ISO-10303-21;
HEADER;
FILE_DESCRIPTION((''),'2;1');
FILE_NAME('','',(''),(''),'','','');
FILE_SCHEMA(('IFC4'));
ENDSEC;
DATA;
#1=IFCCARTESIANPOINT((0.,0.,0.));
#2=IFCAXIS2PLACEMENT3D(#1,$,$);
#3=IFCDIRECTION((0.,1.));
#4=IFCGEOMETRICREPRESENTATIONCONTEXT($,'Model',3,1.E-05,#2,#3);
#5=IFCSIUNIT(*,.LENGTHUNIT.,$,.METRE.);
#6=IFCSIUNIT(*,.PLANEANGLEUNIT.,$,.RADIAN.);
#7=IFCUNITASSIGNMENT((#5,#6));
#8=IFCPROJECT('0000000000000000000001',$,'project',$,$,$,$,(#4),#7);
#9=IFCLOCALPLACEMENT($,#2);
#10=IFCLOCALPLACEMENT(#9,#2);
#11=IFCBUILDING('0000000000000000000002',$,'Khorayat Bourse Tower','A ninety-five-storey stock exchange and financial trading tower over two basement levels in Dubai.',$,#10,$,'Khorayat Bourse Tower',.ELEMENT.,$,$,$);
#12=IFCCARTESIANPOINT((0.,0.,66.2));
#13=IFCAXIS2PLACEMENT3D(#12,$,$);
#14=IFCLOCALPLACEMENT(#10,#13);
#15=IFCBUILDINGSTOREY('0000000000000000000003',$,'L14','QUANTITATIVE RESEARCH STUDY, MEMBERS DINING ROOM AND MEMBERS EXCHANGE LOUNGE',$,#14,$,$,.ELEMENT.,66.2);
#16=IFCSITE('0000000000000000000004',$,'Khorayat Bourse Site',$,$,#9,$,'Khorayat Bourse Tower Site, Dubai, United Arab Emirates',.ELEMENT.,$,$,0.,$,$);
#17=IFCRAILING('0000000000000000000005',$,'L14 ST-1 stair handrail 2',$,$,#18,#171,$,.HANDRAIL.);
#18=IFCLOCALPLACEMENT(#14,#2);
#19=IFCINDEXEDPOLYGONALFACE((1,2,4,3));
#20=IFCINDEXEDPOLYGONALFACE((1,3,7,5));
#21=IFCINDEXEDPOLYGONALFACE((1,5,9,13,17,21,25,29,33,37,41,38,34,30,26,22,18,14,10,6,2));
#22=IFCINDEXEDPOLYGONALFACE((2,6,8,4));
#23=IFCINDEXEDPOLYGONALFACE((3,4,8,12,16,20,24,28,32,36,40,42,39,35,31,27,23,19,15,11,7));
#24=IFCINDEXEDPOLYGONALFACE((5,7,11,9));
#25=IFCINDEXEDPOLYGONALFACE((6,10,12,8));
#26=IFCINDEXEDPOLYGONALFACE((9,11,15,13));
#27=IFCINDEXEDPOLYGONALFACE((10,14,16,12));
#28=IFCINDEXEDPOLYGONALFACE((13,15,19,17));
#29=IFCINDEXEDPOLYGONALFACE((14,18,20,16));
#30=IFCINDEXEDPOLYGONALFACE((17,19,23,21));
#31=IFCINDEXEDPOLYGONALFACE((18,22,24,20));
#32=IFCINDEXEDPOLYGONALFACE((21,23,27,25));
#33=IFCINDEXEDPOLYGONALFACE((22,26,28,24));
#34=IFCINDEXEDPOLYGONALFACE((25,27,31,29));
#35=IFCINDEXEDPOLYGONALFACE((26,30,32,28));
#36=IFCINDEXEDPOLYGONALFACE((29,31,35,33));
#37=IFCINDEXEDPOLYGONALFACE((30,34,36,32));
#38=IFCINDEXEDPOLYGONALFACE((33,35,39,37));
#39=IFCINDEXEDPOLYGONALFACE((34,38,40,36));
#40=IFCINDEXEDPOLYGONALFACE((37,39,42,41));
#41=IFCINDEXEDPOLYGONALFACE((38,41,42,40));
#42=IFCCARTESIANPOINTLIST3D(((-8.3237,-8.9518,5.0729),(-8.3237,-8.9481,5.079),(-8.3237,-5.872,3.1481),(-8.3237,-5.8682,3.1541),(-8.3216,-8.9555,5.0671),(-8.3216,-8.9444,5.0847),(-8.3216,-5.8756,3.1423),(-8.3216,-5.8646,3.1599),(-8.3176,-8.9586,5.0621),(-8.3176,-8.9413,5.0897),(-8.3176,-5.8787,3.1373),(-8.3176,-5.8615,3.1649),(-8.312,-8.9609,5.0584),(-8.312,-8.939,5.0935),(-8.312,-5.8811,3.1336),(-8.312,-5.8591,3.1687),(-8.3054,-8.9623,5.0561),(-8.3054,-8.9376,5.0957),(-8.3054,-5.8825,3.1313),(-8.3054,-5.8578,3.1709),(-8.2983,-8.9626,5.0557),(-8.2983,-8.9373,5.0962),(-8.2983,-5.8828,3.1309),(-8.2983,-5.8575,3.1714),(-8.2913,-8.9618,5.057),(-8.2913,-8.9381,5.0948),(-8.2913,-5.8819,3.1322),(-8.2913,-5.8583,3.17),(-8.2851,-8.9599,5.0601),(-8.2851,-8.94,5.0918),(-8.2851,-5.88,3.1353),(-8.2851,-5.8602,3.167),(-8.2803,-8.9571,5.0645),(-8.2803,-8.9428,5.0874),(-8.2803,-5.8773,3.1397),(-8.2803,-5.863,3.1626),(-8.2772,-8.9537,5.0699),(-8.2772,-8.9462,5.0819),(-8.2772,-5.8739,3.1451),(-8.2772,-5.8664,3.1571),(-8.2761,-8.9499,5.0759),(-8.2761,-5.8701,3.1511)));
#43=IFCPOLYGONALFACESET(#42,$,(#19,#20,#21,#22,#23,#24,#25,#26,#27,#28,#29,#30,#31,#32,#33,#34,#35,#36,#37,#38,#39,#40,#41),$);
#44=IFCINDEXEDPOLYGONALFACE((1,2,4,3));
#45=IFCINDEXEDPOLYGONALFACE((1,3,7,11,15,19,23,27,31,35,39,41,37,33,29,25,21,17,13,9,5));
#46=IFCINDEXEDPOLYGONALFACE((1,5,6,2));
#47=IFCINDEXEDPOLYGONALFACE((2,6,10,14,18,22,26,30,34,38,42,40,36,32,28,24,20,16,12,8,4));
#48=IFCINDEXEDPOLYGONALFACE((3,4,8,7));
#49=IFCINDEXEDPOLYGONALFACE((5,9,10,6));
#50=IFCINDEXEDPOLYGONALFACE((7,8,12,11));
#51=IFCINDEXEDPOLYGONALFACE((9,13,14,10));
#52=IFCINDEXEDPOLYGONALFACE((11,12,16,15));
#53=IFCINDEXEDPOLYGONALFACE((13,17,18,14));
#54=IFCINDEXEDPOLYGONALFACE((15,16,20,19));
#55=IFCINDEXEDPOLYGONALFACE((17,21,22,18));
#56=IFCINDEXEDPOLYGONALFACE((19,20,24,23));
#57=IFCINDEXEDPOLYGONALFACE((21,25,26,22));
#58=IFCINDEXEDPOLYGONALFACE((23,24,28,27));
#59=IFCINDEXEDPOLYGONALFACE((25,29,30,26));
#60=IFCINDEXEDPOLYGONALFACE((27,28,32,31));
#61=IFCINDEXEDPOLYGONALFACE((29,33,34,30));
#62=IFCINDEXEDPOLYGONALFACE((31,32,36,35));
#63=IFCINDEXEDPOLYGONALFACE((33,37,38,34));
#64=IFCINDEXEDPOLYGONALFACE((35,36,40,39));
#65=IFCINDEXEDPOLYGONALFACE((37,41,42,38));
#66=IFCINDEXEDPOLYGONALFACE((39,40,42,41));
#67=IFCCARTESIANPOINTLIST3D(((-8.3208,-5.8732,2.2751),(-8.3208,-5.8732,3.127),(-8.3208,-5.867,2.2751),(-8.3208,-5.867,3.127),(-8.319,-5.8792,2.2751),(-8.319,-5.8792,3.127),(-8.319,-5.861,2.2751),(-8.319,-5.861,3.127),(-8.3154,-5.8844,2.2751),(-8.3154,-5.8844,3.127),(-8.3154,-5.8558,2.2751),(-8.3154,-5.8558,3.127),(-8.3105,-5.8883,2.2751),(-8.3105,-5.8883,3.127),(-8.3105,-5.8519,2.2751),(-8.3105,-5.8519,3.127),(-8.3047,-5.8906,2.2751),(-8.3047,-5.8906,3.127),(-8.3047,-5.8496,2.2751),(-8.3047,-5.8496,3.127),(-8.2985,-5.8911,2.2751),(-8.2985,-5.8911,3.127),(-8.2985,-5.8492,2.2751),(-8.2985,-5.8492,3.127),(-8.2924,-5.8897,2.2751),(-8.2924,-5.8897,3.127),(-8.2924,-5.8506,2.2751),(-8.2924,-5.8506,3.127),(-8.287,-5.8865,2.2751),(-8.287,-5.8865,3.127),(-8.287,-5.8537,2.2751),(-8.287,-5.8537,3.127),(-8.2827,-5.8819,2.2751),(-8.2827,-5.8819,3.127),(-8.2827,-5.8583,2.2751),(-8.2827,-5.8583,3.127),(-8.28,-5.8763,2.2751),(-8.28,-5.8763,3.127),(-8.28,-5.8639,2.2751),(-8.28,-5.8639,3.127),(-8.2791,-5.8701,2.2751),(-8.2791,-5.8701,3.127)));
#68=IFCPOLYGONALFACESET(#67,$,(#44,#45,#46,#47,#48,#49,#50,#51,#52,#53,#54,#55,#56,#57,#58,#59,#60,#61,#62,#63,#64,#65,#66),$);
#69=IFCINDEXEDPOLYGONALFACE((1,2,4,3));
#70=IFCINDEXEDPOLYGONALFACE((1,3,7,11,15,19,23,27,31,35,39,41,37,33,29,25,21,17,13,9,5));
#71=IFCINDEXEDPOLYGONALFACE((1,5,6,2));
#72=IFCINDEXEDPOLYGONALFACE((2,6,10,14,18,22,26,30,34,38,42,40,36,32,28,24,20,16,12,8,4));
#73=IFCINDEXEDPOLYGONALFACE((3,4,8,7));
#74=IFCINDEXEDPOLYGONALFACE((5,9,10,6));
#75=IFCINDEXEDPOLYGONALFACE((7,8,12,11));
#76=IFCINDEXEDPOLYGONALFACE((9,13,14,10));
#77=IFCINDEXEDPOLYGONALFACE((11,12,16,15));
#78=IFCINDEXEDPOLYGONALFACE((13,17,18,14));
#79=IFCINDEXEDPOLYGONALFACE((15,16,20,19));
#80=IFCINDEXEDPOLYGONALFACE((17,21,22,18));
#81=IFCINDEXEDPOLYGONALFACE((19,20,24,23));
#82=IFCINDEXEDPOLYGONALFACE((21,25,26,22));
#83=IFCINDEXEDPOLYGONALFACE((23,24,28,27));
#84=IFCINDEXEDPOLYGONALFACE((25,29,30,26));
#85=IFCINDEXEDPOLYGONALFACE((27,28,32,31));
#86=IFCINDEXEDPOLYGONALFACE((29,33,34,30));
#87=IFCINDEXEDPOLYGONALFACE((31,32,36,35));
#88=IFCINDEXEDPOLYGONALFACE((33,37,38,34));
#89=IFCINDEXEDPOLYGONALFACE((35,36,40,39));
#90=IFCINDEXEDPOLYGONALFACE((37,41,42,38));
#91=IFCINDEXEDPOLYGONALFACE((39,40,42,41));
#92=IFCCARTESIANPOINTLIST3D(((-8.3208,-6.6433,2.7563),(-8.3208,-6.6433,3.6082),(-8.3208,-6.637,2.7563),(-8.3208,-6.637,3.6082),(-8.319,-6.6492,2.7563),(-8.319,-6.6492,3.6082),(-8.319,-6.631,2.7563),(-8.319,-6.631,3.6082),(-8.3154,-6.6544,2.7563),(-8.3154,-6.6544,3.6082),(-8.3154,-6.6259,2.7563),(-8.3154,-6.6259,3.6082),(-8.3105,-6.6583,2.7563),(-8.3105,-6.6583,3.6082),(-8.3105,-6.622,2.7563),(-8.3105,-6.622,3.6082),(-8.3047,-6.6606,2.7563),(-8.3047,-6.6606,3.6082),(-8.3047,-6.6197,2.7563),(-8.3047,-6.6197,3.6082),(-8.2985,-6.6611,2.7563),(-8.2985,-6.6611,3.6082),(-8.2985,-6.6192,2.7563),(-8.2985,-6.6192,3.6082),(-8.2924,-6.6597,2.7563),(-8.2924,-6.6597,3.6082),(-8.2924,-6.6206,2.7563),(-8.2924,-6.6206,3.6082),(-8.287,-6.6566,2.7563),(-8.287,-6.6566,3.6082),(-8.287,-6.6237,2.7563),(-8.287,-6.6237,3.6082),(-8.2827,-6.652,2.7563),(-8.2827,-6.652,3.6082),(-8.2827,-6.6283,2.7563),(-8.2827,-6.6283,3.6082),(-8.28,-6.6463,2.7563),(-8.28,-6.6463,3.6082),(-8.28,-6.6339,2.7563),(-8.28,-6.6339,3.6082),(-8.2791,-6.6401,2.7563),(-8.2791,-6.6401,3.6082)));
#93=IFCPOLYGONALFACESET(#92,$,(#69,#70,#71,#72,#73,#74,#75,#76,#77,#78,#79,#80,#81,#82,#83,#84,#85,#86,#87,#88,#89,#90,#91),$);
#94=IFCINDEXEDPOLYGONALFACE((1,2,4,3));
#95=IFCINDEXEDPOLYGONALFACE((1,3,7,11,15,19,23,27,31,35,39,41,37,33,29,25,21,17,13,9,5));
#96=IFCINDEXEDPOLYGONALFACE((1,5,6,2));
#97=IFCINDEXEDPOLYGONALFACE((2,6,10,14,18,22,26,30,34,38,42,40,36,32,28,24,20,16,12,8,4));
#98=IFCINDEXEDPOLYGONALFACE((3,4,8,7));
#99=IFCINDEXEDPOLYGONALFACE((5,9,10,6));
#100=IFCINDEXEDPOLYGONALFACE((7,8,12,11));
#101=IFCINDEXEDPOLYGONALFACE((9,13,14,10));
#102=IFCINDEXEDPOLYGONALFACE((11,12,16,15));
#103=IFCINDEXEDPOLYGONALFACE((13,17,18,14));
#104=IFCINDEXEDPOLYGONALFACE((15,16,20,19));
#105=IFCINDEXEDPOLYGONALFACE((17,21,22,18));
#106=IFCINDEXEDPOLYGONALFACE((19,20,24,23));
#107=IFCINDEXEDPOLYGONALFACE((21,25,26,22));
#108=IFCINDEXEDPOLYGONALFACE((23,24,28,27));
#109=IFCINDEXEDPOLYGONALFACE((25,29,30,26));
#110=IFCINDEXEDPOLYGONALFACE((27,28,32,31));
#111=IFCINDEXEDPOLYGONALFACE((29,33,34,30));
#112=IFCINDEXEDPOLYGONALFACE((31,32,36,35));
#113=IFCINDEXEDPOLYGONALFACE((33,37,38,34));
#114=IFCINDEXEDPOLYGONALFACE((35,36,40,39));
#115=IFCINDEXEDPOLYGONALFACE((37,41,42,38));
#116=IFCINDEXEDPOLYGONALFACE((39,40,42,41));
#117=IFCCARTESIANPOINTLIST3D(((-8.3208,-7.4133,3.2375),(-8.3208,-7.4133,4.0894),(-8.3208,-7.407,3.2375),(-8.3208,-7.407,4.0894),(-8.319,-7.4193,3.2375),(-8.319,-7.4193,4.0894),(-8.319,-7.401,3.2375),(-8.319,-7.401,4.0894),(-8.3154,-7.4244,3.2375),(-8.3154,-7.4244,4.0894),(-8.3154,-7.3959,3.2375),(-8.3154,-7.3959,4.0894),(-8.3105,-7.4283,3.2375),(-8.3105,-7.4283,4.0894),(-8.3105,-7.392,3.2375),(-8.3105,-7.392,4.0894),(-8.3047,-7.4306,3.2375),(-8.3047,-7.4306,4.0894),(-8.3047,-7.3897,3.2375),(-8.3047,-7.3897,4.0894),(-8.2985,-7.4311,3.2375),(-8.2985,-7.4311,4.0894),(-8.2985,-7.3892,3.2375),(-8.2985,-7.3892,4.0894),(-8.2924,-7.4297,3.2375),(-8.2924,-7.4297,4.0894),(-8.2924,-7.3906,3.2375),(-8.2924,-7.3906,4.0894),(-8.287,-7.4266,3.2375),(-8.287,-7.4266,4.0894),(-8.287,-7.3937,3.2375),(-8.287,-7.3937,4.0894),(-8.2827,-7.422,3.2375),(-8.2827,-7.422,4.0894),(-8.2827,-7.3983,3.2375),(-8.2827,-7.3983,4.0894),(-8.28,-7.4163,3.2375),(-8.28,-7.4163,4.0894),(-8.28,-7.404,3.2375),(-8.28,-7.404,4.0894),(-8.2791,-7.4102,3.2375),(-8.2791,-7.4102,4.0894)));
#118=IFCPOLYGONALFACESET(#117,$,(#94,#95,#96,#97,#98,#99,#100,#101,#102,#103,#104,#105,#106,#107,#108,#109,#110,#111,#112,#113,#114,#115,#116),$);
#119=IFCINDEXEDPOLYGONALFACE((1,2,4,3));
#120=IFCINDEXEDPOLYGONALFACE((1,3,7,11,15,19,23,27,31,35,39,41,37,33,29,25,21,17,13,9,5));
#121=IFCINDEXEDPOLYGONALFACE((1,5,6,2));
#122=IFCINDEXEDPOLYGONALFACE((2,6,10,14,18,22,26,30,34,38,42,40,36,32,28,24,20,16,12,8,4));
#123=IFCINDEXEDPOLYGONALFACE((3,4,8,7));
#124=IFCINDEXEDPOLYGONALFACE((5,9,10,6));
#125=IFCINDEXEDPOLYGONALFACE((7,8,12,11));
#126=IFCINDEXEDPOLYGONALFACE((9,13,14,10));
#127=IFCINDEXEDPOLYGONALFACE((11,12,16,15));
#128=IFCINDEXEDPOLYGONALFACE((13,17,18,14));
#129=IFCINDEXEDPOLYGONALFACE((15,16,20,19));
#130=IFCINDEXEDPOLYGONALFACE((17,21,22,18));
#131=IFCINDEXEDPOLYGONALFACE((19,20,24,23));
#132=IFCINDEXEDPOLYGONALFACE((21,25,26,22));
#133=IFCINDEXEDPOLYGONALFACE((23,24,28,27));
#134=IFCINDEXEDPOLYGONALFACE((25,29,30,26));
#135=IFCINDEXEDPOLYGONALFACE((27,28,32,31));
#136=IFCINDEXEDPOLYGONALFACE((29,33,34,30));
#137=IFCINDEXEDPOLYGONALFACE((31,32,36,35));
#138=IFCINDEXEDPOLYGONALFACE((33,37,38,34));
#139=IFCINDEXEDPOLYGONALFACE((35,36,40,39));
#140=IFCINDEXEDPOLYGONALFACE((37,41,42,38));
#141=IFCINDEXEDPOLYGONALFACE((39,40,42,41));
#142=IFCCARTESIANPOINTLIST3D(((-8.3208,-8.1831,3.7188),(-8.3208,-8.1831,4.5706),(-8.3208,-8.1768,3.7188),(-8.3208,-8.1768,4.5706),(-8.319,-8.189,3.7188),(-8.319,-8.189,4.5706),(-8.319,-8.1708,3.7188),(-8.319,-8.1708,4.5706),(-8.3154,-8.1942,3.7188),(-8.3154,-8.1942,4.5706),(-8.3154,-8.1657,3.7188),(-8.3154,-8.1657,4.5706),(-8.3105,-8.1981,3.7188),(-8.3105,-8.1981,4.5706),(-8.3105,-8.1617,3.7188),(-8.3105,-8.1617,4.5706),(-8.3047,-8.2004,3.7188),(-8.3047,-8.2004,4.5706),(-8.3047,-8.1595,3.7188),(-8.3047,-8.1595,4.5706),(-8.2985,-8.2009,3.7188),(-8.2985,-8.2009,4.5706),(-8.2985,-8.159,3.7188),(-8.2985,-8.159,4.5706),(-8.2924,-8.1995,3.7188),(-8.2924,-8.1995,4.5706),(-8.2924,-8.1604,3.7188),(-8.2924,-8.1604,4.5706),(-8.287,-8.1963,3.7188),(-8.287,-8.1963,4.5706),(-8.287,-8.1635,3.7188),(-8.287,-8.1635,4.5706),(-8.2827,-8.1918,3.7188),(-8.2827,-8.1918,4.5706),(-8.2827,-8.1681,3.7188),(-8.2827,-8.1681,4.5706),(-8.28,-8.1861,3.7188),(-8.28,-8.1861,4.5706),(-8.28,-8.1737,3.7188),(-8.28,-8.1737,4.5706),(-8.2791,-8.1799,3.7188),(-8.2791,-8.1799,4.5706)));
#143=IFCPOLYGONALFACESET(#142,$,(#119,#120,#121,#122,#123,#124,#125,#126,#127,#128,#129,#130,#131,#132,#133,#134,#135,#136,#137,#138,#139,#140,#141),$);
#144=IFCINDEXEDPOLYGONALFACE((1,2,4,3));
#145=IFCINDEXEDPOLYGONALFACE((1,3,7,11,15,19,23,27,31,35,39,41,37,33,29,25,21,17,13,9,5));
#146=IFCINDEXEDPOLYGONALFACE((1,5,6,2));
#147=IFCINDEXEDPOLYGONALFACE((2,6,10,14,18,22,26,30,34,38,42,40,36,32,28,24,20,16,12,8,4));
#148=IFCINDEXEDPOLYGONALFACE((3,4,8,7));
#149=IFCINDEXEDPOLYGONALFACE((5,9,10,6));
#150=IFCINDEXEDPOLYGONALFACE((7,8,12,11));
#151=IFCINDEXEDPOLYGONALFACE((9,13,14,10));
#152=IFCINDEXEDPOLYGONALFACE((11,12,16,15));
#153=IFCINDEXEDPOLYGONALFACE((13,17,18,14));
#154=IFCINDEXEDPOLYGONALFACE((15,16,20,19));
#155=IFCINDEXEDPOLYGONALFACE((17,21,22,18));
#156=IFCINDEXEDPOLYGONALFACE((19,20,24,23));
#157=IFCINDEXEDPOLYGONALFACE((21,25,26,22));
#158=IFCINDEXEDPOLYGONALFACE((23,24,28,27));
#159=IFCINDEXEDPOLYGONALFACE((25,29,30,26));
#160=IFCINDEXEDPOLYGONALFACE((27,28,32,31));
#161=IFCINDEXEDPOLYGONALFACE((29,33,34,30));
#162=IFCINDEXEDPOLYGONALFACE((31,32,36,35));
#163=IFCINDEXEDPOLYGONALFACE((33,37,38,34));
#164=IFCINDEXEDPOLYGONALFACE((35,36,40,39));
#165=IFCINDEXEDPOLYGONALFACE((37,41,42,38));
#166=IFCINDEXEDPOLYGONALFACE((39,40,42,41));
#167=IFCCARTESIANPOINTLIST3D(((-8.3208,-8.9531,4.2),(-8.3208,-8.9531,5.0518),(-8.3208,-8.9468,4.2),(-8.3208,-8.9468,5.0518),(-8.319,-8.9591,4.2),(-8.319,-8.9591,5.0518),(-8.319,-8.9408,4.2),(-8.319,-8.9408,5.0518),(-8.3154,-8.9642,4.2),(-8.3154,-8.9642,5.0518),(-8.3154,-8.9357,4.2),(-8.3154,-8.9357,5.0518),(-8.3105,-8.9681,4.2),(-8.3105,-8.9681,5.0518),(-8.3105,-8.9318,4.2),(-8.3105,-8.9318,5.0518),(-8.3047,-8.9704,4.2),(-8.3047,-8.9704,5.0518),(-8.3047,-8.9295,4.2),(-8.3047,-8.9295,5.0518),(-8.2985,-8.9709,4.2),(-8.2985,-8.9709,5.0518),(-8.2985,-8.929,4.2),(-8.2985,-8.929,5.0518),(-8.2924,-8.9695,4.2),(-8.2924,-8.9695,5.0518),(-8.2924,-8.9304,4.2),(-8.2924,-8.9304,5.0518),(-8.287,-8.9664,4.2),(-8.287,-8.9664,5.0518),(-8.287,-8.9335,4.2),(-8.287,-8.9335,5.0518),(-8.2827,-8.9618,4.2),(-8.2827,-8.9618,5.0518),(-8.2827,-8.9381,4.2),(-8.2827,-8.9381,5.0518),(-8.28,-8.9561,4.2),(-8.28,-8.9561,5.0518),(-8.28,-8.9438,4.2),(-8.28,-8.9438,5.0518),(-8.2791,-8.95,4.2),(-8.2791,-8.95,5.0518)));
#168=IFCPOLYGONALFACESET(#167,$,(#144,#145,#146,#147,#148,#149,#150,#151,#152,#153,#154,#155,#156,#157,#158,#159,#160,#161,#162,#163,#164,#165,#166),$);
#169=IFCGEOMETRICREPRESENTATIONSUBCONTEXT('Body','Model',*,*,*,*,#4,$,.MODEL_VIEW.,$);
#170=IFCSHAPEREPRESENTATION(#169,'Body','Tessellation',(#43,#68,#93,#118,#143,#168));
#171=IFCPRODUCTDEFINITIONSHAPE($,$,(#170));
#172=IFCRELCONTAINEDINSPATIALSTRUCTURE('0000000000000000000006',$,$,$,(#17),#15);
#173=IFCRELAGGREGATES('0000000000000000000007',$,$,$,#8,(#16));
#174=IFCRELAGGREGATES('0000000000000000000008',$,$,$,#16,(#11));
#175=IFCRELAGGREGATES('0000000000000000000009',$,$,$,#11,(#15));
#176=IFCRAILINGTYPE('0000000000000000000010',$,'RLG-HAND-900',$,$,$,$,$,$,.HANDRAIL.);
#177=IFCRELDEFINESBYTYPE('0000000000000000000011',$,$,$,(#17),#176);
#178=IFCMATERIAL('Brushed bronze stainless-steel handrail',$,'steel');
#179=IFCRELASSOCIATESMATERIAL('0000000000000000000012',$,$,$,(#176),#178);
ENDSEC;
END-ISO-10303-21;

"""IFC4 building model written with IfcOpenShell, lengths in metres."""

from ifc_helpers import new_model, si_unit, direction, frame, origin, origin_2d, place, context, subcontext, project, spatial, circle, extrude, source, transform, mapped, material, type_object, element, save


model = new_model("IFC4")

# Units and contexts
model_context = context("Model", 3, precision=1e-05, world=origin(), true_north=direction((0.0, 1.0)))
body_context = subcontext(model_context, "Body", "Model", "MODEL_VIEW")
ifc_project = project(units=[si_unit("LENGTHUNIT", "METRE"), si_unit("PLANEANGLEUNIT", "RADIAN")], contexts=[model_context])

# Site, building, storey
site_placement = place(None, origin())
site = spatial("IfcSite", under=ifc_project, at=site_placement, Name="Khorayat Bourse Site", LongName="Khorayat Bourse Tower Site, Dubai, United Arab Emirates", CompositionType="ELEMENT", RefElevation=0.0)
building_placement = place(site_placement, origin())
building = spatial("IfcBuilding", under=site, at=building_placement, Name="Khorayat Bourse Tower", Description="A ninety-five-storey stock exchange and financial trading tower over two basement levels in Dubai.", LongName="Khorayat Bourse Tower", CompositionType="ELEMENT")
storey_placement = place(building_placement, frame((0.0, 0.0, 66.2)))
storey = spatial("IfcBuildingStorey", under=building, at=storey_placement, Name="L14", Description="QUANTITATIVE RESEARCH STUDY, MEMBERS DINING ROOM AND MEMBERS EXCHANGE LOUNGE", CompositionType="ELEMENT", Elevation=66.2)

# Railing
ifc_material_1 = material(Name="Brushed bronze stainless-steel handrail", Category="steel")
railing_type_1 = type_object("IfcRailingType", Name="RLG-HAND-900", PredefinedType="HANDRAIL", material=ifc_material_1)
shared_shape_1 = source(origin(), body_context, "Body", "SweptSolid", [
    extrude(circle(Radius=0.0239, at=origin_2d()), frame((0.0, 0.0, 0.876), z_axis=(0.0, -0.84801, 0.529981), x_axis=(1.0, 0.0, 0.0)), (0.0, 0.0, 1.0), 3.6318),
    extrude(circle(Radius=0.021, at=origin_2d()), origin(), (0.0, 0.0, 1.0), 0.8518),
    extrude(circle(Radius=0.021, at=origin_2d()), frame((0.0, -0.77, 0.4812)), (0.0, 0.0, 1.0), 0.8518),
    extrude(circle(Radius=0.021, at=origin_2d()), frame((0.0, -1.54, 0.9624)), (0.0, 0.0, 1.0), 0.8518),
    extrude(circle(Radius=0.021, at=origin_2d()), frame((0.0, -2.3098, 1.4436)), (0.0, 0.0, 1.0), 0.8518),
    extrude(circle(Radius=0.021, at=origin_2d()), frame((0.0, -3.0798, 1.9248)), (0.0, 0.0, 1.0), 0.8518),
])
railing_1_placement = place(storey_placement, frame((-8.3, -5.8701, 2.2751)))
element("IfcRailing", 1, at=railing_1_placement, inside=storey, type_object=railing_type_1, Name="L14 ST-1 stair handrail 2", PredefinedType="HANDRAIL", context=body_context, shape_type="MappedRepresentation", body=[
    mapped(shared_shape_1, transform((0.0, 0.0, 0.0), scale=1.0)),
])

save(model, "model.ifc")
